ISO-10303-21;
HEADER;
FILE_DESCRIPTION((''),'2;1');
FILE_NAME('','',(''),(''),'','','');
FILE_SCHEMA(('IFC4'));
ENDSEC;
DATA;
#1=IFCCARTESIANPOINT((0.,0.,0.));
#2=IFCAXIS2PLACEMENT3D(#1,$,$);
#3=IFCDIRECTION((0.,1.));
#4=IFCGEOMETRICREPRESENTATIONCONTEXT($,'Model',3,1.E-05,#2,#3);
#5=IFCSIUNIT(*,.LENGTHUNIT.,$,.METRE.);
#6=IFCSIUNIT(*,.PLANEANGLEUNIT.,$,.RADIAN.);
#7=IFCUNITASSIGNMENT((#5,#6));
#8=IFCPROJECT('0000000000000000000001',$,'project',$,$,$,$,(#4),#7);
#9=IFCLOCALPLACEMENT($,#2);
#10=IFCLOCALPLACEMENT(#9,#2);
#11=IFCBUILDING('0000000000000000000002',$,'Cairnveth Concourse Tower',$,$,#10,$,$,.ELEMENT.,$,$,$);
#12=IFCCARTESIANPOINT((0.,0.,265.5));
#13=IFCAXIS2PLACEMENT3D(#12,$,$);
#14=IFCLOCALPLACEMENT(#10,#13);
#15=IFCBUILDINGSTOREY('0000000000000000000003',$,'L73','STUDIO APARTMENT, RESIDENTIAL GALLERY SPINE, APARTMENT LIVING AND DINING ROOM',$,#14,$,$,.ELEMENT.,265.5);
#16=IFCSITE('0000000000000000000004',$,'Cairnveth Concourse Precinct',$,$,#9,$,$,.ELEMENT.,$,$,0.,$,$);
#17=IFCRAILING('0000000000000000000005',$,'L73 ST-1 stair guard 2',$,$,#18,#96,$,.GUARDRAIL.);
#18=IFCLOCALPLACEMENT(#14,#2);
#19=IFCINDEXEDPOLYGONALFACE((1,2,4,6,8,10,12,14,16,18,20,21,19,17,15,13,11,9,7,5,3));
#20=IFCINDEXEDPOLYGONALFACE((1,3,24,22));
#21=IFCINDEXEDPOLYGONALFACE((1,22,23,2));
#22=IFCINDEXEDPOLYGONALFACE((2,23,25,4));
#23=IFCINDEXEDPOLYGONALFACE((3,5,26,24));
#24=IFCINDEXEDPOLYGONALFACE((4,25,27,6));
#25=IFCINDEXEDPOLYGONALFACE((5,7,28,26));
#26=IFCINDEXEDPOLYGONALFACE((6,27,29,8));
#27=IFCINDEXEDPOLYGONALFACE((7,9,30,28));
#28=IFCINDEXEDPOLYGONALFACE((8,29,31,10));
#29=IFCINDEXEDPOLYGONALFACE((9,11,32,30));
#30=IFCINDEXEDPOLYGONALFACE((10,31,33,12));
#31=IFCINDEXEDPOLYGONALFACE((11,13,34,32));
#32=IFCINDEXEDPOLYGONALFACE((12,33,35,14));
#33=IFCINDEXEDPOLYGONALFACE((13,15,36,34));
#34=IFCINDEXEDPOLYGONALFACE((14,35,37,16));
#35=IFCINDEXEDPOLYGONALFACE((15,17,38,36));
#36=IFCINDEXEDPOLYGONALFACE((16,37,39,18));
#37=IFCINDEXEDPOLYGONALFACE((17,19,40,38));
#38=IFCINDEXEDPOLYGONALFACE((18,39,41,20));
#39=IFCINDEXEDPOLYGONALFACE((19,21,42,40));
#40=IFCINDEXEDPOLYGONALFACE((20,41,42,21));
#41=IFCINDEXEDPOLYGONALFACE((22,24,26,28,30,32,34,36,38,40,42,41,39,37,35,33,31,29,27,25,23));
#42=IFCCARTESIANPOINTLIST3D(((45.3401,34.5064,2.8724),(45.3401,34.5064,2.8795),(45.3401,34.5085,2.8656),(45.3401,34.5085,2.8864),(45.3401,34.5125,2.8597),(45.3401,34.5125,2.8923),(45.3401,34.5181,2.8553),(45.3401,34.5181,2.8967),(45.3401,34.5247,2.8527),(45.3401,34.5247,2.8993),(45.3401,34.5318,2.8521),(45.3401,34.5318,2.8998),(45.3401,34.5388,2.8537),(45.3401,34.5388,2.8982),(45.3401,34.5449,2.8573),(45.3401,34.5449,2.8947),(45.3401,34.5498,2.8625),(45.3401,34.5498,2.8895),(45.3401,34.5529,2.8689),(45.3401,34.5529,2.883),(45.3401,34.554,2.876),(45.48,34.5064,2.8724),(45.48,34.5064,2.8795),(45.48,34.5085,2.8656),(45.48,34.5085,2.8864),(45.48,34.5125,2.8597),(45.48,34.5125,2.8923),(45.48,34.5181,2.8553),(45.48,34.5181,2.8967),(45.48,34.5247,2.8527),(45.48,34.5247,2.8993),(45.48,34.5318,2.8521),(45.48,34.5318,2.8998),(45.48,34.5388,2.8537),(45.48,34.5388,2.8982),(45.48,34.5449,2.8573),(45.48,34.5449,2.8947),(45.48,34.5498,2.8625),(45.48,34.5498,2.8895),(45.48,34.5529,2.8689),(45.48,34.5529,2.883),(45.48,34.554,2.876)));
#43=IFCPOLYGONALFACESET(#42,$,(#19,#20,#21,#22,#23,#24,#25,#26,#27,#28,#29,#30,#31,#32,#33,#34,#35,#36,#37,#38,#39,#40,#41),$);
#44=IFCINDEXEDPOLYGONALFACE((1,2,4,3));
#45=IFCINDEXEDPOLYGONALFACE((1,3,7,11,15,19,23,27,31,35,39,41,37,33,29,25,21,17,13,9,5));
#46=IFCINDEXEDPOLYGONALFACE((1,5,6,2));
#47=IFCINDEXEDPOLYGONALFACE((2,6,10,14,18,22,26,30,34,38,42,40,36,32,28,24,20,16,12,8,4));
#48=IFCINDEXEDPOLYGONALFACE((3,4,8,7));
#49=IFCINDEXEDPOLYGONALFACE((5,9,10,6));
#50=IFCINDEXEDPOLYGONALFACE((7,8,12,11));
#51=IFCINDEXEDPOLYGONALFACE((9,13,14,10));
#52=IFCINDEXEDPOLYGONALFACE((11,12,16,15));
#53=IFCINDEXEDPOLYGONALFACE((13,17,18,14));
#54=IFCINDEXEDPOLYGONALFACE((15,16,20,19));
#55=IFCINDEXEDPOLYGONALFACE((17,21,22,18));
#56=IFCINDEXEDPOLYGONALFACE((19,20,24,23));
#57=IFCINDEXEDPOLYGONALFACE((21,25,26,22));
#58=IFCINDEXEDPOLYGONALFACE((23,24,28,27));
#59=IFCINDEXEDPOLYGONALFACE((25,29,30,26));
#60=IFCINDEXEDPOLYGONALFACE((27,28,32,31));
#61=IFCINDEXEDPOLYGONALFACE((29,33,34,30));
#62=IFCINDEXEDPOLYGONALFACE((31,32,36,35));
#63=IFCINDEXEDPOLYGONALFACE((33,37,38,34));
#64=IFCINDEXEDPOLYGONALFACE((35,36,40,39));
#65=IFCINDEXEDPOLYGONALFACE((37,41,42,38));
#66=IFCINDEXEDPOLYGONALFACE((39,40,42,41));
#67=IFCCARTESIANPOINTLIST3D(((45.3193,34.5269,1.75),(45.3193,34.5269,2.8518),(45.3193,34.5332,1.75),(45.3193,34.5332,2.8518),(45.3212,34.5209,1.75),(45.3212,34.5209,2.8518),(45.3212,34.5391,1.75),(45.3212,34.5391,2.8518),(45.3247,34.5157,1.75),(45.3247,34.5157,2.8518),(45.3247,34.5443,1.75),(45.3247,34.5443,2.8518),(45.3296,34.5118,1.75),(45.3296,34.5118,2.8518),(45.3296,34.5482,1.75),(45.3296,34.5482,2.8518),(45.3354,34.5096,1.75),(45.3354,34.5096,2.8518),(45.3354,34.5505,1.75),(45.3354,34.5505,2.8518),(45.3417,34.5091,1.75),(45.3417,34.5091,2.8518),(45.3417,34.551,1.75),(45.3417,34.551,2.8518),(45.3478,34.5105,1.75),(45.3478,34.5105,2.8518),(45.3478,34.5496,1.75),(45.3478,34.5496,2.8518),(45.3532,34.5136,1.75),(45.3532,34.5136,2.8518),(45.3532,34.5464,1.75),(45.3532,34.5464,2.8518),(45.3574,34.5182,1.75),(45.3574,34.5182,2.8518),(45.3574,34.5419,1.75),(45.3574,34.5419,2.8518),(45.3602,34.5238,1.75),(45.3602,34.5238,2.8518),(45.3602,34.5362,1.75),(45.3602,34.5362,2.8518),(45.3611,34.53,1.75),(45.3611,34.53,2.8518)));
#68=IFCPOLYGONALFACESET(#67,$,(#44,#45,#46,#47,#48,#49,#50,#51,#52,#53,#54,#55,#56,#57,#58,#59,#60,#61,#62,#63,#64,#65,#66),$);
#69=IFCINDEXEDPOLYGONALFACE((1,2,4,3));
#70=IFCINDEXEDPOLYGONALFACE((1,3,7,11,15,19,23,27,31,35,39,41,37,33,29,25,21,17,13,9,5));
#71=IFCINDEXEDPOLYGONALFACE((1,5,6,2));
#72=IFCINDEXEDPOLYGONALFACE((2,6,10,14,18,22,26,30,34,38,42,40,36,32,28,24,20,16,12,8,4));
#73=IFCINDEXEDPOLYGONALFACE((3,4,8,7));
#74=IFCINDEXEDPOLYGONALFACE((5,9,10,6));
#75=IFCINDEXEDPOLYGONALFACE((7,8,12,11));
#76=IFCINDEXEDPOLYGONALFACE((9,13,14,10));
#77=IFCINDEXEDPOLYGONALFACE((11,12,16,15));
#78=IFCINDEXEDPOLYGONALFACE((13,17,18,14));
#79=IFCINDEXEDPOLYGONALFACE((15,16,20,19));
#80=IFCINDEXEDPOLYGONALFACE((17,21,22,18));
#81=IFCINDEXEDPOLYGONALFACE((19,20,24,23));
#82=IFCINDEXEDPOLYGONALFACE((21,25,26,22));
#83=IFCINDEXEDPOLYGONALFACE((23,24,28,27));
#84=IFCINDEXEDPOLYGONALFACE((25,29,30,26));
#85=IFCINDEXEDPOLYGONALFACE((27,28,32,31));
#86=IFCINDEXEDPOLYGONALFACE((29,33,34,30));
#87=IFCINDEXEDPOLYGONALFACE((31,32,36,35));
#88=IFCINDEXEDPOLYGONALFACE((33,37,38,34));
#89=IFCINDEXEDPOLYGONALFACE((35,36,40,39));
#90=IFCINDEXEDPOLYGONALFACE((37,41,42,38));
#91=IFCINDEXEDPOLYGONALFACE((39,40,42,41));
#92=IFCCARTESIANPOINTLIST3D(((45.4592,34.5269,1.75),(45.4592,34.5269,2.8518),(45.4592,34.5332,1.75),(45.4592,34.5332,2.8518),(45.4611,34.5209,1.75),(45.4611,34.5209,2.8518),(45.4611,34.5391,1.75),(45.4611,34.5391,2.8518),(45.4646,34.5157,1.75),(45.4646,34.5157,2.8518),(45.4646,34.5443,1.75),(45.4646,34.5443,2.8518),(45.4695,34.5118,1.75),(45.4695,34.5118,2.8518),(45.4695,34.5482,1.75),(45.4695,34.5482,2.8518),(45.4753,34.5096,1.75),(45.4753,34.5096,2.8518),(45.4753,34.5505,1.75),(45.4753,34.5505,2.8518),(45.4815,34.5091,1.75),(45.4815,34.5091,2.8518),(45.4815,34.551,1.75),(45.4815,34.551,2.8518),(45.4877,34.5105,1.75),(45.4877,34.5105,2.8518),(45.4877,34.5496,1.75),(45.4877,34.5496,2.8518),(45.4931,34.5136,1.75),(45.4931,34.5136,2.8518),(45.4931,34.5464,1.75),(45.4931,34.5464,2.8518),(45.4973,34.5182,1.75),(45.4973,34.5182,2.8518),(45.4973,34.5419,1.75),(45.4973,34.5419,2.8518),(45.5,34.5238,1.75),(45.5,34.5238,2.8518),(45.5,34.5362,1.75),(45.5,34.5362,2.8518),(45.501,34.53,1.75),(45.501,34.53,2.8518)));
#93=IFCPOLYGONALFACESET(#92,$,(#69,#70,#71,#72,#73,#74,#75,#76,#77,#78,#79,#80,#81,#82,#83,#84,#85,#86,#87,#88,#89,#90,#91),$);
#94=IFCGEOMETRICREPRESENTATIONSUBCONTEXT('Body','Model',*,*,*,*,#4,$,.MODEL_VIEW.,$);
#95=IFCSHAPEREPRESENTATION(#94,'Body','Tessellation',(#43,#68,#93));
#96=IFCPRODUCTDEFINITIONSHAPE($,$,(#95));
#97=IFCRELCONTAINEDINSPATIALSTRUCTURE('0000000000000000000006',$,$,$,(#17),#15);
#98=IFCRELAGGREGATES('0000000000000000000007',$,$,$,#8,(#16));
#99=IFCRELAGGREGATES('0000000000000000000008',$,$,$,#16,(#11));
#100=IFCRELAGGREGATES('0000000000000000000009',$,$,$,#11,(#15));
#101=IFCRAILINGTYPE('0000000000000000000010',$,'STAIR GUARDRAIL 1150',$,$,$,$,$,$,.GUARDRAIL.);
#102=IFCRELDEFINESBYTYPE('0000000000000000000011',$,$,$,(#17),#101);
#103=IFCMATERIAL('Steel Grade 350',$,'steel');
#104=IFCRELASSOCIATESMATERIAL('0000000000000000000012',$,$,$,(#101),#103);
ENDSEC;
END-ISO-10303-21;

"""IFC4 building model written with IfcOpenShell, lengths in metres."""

from ifc_helpers import new_model, si_unit, direction, frame, origin, origin_2d, place, context, subcontext, project, spatial, circle, extrude, material, type_object, element, save


model = new_model("IFC4")

# Units and contexts
model_context = context("Model", 3, precision=1e-05, world=origin(), true_north=direction((0.0, 1.0)))
body_context = subcontext(model_context, "Body", "Model", "MODEL_VIEW")
ifc_project = project(units=[si_unit("LENGTHUNIT", "METRE"), si_unit("PLANEANGLEUNIT", "RADIAN")], contexts=[model_context])

# Site, building, storey
site_placement = place(None, origin())
site = spatial("IfcSite", under=ifc_project, at=site_placement, Name="Cairnveth Concourse Precinct", CompositionType="ELEMENT", RefElevation=0.0)
building_placement = place(site_placement, origin())
building = spatial("IfcBuilding", under=site, at=building_placement, Name="Cairnveth Concourse Tower", CompositionType="ELEMENT")
storey_placement = place(building_placement, frame((0.0, 0.0, 265.5)))
storey = spatial("IfcBuildingStorey", under=building, at=storey_placement, Name="L73", Description="STUDIO APARTMENT, RESIDENTIAL GALLERY SPINE, APARTMENT LIVING AND DINING ROOM", CompositionType="ELEMENT", Elevation=265.5)

# Shared definitions
ifc_material_1 = material(Name="Steel Grade 350", Category="steel")

# Railing
railing_type_1 = type_object("IfcRailingType", Name="STAIR GUARDRAIL 1150", PredefinedType="GUARDRAIL", material=ifc_material_1)
railing_1_placement = place(storey_placement, frame((45.3401, 34.53, 1.75)))
element("IfcRailing", 1, at=railing_1_placement, inside=storey, type_object=railing_type_1, Name="L73 ST-1 stair guard 2", PredefinedType="GUARDRAIL", context=body_context, shape_type="SweptSolid", body=[
    extrude(circle(Radius=0.0239, at=origin_2d()), frame((0.0, 0.0, 1.126), z_axis=(1.0, 0.0, 0.0), x_axis=(0.0, 1.0, 0.0)), (0.0, 0.0, 1.0), 0.1399),
    extrude(circle(Radius=0.021, at=origin_2d()), origin(), (0.0, 0.0, 1.0), 1.1018),
    extrude(circle(Radius=0.021, at=origin_2d()), frame((0.1399, 0.0, 0.0)), (0.0, 0.0, 1.0), 1.1018),
])

save(model, "model.ifc")
